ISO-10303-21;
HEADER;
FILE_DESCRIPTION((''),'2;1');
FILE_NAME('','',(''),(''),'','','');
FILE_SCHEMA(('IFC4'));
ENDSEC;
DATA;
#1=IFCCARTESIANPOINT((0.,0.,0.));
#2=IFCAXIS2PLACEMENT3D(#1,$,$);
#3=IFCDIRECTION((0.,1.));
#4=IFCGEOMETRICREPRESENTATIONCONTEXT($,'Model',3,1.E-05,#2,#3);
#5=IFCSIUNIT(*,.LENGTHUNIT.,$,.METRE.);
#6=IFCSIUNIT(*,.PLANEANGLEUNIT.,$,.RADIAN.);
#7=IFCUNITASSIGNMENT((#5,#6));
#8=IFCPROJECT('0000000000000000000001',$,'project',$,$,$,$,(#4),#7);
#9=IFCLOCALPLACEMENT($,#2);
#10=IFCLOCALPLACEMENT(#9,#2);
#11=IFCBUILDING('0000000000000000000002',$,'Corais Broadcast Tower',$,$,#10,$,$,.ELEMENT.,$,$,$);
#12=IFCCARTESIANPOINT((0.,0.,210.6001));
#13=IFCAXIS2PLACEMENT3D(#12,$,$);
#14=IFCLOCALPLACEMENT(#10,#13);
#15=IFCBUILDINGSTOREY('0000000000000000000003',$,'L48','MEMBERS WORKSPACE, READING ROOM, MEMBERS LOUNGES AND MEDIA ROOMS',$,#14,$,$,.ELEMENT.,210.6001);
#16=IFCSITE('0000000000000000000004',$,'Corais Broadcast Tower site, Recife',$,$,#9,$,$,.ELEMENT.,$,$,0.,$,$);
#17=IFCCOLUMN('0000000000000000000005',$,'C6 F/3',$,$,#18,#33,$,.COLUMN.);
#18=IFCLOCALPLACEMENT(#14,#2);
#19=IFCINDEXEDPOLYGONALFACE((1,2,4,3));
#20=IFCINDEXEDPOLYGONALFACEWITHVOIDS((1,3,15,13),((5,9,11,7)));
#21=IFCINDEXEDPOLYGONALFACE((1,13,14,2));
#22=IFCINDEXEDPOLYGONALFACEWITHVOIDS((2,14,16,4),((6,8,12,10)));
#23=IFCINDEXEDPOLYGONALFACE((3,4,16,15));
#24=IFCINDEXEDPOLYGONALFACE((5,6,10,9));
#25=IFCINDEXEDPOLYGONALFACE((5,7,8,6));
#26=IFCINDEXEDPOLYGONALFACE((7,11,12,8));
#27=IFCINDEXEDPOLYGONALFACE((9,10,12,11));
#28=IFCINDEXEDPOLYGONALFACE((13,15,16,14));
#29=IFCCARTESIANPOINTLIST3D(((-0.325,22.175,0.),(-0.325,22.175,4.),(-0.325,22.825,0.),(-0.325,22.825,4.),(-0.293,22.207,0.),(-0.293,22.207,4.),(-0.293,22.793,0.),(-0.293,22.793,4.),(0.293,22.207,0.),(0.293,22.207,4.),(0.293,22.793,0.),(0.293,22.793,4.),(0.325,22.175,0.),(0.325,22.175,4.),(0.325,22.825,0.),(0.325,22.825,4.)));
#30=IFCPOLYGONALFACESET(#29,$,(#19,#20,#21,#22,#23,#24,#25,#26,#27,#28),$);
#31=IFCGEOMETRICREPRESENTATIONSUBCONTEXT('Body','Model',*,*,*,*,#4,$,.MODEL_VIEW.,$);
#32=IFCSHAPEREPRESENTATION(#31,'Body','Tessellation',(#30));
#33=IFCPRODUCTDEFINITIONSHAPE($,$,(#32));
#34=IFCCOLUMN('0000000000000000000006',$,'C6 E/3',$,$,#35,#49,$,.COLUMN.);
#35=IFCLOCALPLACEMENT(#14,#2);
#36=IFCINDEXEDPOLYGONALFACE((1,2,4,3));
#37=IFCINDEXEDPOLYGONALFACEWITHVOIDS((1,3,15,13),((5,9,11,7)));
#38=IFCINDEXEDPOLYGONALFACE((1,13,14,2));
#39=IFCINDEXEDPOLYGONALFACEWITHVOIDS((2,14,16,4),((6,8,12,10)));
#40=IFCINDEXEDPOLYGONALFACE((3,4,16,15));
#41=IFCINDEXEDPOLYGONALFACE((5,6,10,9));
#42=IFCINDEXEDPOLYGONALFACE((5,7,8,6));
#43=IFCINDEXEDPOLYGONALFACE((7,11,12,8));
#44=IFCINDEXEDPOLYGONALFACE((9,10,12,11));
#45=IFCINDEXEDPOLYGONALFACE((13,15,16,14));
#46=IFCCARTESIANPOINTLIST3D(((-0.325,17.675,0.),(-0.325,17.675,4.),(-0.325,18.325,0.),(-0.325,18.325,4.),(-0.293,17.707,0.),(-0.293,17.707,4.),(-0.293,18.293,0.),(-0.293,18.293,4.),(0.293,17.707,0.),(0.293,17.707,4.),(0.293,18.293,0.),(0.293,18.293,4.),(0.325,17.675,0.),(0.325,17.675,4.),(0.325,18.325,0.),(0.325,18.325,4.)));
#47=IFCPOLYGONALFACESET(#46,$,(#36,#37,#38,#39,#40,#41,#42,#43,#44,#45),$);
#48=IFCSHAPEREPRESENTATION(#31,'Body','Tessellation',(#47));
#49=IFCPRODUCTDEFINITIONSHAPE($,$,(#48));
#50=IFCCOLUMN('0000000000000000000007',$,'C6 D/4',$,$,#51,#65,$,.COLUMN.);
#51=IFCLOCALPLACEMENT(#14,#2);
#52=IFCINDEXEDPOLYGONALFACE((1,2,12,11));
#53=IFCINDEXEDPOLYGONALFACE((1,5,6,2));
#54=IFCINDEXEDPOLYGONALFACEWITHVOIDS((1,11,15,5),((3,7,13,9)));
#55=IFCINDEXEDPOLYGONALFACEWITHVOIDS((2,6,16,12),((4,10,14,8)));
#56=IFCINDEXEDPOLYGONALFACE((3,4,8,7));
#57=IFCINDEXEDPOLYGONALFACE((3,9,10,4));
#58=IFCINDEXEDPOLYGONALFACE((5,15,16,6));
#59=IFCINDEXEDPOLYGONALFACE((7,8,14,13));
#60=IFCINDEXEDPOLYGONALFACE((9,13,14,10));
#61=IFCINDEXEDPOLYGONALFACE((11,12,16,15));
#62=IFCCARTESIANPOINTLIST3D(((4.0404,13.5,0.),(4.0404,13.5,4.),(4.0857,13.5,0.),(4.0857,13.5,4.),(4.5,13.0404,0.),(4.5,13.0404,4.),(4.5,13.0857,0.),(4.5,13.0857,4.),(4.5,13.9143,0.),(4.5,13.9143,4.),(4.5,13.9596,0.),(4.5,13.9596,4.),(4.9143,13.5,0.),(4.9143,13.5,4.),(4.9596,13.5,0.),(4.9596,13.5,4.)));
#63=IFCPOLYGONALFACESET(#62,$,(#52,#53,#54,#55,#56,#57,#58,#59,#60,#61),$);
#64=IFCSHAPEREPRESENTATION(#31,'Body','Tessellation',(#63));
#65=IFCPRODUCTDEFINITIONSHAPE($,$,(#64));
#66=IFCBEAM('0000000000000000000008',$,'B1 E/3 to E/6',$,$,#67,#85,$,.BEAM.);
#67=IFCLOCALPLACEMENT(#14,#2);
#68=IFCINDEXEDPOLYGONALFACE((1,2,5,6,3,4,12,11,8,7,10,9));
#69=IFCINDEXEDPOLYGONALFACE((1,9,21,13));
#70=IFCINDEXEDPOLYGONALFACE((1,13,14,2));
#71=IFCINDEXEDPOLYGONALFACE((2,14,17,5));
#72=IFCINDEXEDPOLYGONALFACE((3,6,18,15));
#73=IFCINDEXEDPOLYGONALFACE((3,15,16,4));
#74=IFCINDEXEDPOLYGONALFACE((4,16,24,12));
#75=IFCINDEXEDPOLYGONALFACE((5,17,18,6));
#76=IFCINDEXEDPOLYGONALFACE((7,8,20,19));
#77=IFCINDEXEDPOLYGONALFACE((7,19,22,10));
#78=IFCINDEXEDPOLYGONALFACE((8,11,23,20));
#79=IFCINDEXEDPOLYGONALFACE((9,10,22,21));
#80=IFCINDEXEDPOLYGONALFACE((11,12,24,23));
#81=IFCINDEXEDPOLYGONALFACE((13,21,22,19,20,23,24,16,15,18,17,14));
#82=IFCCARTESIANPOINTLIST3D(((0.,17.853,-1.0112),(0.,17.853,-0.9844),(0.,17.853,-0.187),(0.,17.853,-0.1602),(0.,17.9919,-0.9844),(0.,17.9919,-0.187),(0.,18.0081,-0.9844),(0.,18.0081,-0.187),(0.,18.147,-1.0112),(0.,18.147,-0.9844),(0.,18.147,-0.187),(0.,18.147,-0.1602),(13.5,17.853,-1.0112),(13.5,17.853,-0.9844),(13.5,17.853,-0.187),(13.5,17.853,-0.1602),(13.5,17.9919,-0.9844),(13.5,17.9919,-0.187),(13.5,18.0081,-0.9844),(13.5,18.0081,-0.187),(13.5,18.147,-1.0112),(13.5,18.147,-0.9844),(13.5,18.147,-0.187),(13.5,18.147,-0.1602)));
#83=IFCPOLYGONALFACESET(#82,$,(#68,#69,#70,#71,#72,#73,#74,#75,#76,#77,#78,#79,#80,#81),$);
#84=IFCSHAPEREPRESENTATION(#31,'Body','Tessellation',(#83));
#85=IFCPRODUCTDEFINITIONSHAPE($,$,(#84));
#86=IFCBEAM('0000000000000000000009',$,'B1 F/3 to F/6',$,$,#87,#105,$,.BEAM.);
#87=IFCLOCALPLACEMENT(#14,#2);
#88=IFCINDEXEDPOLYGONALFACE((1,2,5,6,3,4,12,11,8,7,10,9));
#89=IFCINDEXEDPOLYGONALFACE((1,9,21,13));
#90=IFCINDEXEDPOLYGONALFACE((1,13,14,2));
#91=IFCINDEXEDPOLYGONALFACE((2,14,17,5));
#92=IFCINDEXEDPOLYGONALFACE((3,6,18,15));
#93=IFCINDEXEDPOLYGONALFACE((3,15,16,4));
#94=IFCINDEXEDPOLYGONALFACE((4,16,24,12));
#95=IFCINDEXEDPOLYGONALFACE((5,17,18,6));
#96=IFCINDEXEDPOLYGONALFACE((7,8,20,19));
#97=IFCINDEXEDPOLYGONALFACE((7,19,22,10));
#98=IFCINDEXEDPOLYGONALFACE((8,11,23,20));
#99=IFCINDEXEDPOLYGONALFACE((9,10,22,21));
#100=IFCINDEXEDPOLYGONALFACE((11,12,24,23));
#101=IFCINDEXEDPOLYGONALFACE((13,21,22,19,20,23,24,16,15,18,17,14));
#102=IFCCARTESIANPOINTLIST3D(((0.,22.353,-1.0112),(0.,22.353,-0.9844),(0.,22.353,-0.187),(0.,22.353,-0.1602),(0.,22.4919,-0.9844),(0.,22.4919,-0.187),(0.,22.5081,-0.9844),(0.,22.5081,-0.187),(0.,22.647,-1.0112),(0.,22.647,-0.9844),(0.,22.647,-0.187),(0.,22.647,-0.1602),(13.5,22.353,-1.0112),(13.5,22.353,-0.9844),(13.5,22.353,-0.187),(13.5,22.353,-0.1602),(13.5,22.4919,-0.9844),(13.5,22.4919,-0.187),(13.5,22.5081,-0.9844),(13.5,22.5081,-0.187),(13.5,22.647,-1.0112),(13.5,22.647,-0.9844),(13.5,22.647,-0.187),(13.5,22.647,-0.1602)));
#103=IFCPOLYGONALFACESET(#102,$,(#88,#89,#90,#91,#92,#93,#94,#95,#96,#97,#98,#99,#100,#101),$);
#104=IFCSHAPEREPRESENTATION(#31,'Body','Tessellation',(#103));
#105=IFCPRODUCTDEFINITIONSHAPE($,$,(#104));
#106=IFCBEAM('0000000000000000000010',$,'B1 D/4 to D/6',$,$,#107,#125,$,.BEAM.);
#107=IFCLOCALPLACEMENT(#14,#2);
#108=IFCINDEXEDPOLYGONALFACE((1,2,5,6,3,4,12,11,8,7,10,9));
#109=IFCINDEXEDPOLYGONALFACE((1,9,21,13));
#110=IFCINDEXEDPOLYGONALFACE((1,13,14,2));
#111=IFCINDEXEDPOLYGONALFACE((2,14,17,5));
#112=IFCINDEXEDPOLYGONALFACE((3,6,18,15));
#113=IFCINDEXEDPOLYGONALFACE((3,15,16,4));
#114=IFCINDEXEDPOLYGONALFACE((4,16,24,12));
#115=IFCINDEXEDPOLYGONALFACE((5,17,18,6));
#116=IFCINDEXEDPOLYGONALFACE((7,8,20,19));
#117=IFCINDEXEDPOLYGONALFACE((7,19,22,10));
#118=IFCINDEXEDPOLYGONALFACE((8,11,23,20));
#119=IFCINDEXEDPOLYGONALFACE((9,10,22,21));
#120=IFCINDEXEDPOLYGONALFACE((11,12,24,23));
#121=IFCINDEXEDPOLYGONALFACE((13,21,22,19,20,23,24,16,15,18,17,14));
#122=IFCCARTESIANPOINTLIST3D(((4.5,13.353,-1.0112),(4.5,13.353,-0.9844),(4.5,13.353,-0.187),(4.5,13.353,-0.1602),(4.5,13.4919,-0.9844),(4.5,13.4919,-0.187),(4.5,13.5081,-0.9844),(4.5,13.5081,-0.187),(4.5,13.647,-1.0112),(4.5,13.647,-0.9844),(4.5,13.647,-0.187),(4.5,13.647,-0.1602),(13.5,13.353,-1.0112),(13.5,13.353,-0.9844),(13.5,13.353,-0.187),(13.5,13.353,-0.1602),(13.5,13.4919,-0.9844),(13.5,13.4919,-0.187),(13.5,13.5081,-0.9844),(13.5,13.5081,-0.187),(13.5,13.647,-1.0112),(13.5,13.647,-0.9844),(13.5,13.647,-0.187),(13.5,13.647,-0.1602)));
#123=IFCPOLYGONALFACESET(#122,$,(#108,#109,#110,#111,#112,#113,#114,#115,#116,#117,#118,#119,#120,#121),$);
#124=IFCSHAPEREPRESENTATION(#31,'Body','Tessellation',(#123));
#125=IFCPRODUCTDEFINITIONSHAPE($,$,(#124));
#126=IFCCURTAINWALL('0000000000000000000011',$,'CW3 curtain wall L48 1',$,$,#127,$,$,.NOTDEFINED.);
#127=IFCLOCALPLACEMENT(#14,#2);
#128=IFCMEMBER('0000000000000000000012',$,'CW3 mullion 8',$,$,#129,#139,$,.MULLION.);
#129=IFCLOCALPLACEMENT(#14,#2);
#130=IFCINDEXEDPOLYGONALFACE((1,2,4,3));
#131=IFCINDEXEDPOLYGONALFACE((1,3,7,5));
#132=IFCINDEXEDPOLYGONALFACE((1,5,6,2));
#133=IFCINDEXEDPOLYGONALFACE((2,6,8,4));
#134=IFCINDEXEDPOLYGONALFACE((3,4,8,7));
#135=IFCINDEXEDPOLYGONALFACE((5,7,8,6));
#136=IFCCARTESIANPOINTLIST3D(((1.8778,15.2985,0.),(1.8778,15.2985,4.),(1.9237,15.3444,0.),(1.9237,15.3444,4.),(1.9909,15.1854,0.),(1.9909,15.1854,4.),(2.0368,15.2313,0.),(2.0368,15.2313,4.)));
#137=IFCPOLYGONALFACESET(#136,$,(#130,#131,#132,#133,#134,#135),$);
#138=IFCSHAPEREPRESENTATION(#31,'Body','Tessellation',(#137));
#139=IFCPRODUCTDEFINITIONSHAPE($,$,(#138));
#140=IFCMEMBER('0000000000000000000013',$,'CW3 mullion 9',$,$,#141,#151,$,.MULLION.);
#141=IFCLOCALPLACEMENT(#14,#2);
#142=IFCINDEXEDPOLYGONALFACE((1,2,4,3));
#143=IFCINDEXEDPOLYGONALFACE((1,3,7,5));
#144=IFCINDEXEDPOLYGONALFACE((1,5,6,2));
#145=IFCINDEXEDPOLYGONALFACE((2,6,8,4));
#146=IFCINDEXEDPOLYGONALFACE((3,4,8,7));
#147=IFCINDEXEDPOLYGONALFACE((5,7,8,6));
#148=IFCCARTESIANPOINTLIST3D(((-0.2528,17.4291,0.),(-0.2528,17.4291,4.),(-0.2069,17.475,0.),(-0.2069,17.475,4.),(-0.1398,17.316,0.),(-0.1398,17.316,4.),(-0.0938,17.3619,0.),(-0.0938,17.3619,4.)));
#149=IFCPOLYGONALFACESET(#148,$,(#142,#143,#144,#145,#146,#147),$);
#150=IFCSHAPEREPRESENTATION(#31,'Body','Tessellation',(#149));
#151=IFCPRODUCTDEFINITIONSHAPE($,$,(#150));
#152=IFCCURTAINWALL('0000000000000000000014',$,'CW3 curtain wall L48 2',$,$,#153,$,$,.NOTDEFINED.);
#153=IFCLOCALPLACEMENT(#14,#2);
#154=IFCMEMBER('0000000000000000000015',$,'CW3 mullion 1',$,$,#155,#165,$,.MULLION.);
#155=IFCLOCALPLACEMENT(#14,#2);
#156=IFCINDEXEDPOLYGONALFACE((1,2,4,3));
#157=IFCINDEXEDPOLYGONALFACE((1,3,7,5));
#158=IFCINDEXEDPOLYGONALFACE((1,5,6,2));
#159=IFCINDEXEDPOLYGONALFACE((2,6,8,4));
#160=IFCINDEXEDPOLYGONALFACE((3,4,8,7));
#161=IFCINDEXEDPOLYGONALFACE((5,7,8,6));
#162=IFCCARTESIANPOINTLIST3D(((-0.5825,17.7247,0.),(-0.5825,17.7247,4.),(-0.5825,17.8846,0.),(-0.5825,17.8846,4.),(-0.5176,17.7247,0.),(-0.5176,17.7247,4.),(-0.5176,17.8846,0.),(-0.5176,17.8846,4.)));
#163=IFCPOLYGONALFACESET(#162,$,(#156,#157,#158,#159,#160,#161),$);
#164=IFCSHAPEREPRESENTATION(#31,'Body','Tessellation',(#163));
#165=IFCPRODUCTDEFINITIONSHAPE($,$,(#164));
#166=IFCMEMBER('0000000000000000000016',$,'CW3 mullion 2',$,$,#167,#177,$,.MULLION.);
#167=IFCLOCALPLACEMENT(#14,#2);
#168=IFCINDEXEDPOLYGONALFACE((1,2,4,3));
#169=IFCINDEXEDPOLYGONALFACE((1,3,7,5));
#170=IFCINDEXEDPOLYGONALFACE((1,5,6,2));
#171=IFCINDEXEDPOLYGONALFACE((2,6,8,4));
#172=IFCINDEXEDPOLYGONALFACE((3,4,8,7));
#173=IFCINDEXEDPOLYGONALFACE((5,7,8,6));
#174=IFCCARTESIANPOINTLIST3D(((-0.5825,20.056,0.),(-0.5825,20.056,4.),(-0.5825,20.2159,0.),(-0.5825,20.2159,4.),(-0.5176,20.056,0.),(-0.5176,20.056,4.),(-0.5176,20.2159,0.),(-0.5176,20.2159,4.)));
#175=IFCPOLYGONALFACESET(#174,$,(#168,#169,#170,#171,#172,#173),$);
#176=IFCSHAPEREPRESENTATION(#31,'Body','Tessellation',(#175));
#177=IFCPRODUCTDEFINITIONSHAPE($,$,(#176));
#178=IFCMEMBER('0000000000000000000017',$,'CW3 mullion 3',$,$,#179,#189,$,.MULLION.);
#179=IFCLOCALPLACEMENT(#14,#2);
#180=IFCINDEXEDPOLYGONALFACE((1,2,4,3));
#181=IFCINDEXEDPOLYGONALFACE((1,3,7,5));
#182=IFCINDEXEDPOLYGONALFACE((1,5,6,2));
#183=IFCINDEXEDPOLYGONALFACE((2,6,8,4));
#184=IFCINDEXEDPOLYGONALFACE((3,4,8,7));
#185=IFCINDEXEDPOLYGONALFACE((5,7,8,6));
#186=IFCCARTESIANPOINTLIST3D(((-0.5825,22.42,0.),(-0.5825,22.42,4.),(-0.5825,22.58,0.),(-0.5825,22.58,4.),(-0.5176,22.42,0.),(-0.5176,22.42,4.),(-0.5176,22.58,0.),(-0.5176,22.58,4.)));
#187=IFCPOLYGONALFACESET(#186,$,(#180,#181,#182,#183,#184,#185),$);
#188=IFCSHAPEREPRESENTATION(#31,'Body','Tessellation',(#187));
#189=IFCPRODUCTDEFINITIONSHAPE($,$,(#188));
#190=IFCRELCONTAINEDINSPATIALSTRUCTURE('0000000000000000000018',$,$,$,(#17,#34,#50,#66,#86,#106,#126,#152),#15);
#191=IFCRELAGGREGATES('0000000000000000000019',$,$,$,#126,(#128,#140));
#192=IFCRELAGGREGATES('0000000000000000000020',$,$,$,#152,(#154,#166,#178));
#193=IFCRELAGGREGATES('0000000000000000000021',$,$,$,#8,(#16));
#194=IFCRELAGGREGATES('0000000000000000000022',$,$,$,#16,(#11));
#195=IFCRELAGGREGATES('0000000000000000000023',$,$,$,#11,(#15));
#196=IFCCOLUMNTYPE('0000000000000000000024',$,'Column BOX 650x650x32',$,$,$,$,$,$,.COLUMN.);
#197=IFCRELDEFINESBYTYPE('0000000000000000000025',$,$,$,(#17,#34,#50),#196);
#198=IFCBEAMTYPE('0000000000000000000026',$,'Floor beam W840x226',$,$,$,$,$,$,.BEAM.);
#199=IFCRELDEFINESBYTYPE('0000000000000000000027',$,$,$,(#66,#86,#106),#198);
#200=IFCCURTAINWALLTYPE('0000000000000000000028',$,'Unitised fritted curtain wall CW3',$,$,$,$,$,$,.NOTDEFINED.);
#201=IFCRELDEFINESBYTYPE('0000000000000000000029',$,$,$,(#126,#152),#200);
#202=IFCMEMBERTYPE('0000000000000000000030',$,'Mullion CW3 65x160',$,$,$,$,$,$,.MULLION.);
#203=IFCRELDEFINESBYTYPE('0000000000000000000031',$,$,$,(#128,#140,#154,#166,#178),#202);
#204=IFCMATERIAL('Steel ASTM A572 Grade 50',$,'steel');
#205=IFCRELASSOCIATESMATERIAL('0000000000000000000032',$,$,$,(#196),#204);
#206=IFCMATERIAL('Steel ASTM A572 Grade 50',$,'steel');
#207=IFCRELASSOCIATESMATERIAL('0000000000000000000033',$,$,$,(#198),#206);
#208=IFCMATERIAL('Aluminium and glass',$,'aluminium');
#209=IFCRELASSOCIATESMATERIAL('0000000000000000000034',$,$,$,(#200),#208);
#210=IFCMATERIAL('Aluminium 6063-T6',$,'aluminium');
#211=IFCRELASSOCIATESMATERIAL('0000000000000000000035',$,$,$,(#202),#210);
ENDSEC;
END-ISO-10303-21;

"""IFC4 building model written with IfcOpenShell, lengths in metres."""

from ifc_helpers import new_model, si_unit, direction, frame, origin, origin_2d, place, context, subcontext, project, spatial, rectangle, hollow_rectangle, i_section, extrude, material, material_profile, profile_set, type_object, element, aggregate, save


model = new_model("IFC4")

# Units and contexts
model_context = context("Model", 3, precision=1e-05, world=origin(), true_north=direction((0.0, 1.0)))
body_context = subcontext(model_context, "Body", "Model", "MODEL_VIEW")
ifc_project = project(units=[si_unit("LENGTHUNIT", "METRE"), si_unit("PLANEANGLEUNIT", "RADIAN")], contexts=[model_context])

# Site, building, storey
site_placement = place(None, origin())
site = spatial("IfcSite", under=ifc_project, at=site_placement, Name="Corais Broadcast Tower site, Recife", CompositionType="ELEMENT", RefElevation=0.0)
building_placement = place(site_placement, origin())
building = spatial("IfcBuilding", under=site, at=building_placement, Name="Corais Broadcast Tower", CompositionType="ELEMENT")
storey_placement = place(building_placement, frame((0.0, 0.0, 210.6001)))
storey = spatial("IfcBuildingStorey", under=building, at=storey_placement, Name="L48", Description="MEMBERS WORKSPACE, READING ROOM, MEMBERS LOUNGES AND MEDIA ROOMS", CompositionType="ELEMENT", Elevation=210.6001)

# Columns
ifc_material_1 = material(Name="Steel ASTM A572 Grade 50", Category="steel")
ifc_material_profile_1 = material_profile(ifc_material_1, hollow_rectangle(XDim=0.6499, YDim=0.6499, WallThickness=0.032, at=origin_2d()), Name="BOX 650x650x32")
ifc_profile_set_1 = profile_set([ifc_material_profile_1], Name="Steel ASTM A572 Grade 50")
column_type = type_object("IfcColumnType", Name="Column BOX 650x650x32", PredefinedType="COLUMN", material=ifc_profile_set_1)
for number, where, z_axis, x_axis, name in (
    (1, (0.0, 22.5, 0.0), (0.0, 0.0, 1.0), (1.0, 0.0, 0.0), "C6 F/3"),
    (2, (0.0, 18.0, 0.0), (0.0, 0.0, 1.0), (1.0, 0.0, 0.0), "C6 E/3"),
    (3, (4.5, 13.5, 0.0), (0.0, 0.0, 1.0), (0.707107, 0.707107, 0.0), "C6 D/4"),
):
    element("IfcColumn", number, at=place(storey_placement, frame(where, z_axis=z_axis, x_axis=x_axis)), inside=storey, type_object=column_type, Name=name, PredefinedType="COLUMN", context=body_context, shape_type="SweptSolid", body=[
        extrude(hollow_rectangle(XDim=0.6499, YDim=0.6499, WallThickness=0.032, at=origin_2d()), origin(), (0.0, 0.0, 1.0), 4.0),
    ])

# Beams
ifc_material_2 = material(Name="Steel ASTM A572 Grade 50", Category="steel")
ifc_material_profile_2 = material_profile(ifc_material_2, i_section(OverallWidth=0.2939, OverallDepth=0.8511, WebThickness=0.0161, FlangeThickness=0.0269, at=origin_2d()), Name="W840x226")
ifc_profile_set_2 = profile_set([ifc_material_profile_2], Name="Steel ASTM A572 Grade 50")
beam_type_1 = type_object("IfcBeamType", Name="Floor beam W840x226", PredefinedType="BEAM", material=ifc_profile_set_2)
for number, where, z_axis, x_axis, name in (
    (4, (0.0, 18.0, -0.5857), (1.0, 0.0, 0.0), (0.0, 1.0, 0.0), "B1 E/3 to E/6"),
    (5, (0.0, 22.5, -0.5857), (1.0, 0.0, 0.0), (0.0, 1.0, 0.0), "B1 F/3 to F/6"),
):
    element("IfcBeam", number, at=place(storey_placement, frame(where, z_axis=z_axis, x_axis=x_axis)), inside=storey, type_object=beam_type_1, Name=name, PredefinedType="BEAM", context=body_context, shape_type="SweptSolid", body=[
        extrude(i_section(OverallWidth=0.2939, OverallDepth=0.8511, WebThickness=0.0161, FlangeThickness=0.0269, at=origin_2d()), origin(), (0.0, 0.0, 1.0), 13.5),
    ])
beam_1_placement = place(storey_placement, frame((4.5, 13.5, -0.5857), z_axis=(1.0, 0.0, 0.0), x_axis=(0.0, 1.0, 0.0)))
element("IfcBeam", 6, at=beam_1_placement, inside=storey, type_object=beam_type_1, Name="B1 D/4 to D/6", PredefinedType="BEAM", context=body_context, shape_type="SweptSolid", body=[
    extrude(i_section(OverallWidth=0.2939, OverallDepth=0.8511, WebThickness=0.0161, FlangeThickness=0.0269, at=origin_2d()), origin(), (0.0, 0.0, 1.0), 9.0),
])

# Curtain walls, members
ifc_material_3 = material(Name="Aluminium and glass", Category="aluminium")
curtain_wall_type = type_object("IfcCurtainWallType", Name="Unitised fritted curtain wall CW3", PredefinedType="NOTDEFINED", material=ifc_material_3)
curtain_wall_1_placement = place(storey_placement, origin())
curtain_wall_1 = element("IfcCurtainWall", 7, at=curtain_wall_1_placement, inside=storey, type_object=curtain_wall_type, Name="CW3 curtain wall L48 1", PredefinedType="NOTDEFINED")
ifc_material_4 = material(Name="Aluminium 6063-T6", Category="aluminium")
ifc_material_profile_3 = material_profile(ifc_material_4, rectangle(XDim=0.0649, YDim=0.1599, at=origin_2d()), Name="Mullion CW3 65x160")
ifc_profile_set_3 = profile_set([ifc_material_profile_3], Name="Aluminium 6063-T6")
member_type_1 = type_object("IfcMemberType", Name="Mullion CW3 65x160", PredefinedType="MULLION", material=ifc_profile_set_3)
member_1_placement = place(storey_placement, frame((1.9573, 15.2649, 0.0), z_axis=(0.0, 0.0, 1.0), x_axis=(-0.707107, -0.707107, 0.0)))
member_1 = element("IfcMember", 8, at=member_1_placement, type_object=member_type_1, Name="CW3 mullion 8", PredefinedType="MULLION", context=body_context, shape_type="SweptSolid", body=[
    extrude(rectangle(XDim=0.0649, YDim=0.1599, at=origin_2d()), origin(), (0.0, 0.0, 1.0), 4.0),
])
member_2_placement = place(storey_placement, frame((-0.1733, 17.3955, 0.0), z_axis=(0.0, 0.0, 1.0), x_axis=(-0.707107, -0.707107, 0.0)))
member_2 = element("IfcMember", 9, at=member_2_placement, type_object=member_type_1, Name="CW3 mullion 9", PredefinedType="MULLION", context=body_context, shape_type="SweptSolid", body=[
    extrude(rectangle(XDim=0.0649, YDim=0.1599, at=origin_2d()), origin(), (0.0, 0.0, 1.0), 4.0),
])
curtain_wall_2_placement = place(storey_placement, origin())
curtain_wall_2 = element("IfcCurtainWall", 10, at=curtain_wall_2_placement, inside=storey, type_object=curtain_wall_type, Name="CW3 curtain wall L48 2", PredefinedType="NOTDEFINED")
member_3_placement = place(storey_placement, frame((-0.55, 17.8047, 0.0), z_axis=(0.0, 0.0, 1.0), x_axis=(-1.0, 0.0, 0.0)))
member_3 = element("IfcMember", 11, at=member_3_placement, type_object=member_type_1, Name="CW3 mullion 1", PredefinedType="MULLION", context=body_context, shape_type="SweptSolid", body=[
    extrude(rectangle(XDim=0.0649, YDim=0.1599, at=origin_2d()), origin(), (0.0, 0.0, 1.0), 4.0),
])
member_4_placement = place(storey_placement, frame((-0.55, 20.136, 0.0), z_axis=(0.0, 0.0, 1.0), x_axis=(-1.0, 0.0, 0.0)))
member_4 = element("IfcMember", 12, at=member_4_placement, type_object=member_type_1, Name="CW3 mullion 2", PredefinedType="MULLION", context=body_context, shape_type="SweptSolid", body=[
    extrude(rectangle(XDim=0.0649, YDim=0.1599, at=origin_2d()), origin(), (0.0, 0.0, 1.0), 4.0),
])
member_5_placement = place(storey_placement, frame((-0.55, 22.5, 0.0), z_axis=(0.0, 0.0, 1.0), x_axis=(-1.0, 0.0, 0.0)))
member_5 = element("IfcMember", 13, at=member_5_placement, type_object=member_type_1, Name="CW3 mullion 3", PredefinedType="MULLION", context=body_context, shape_type="SweptSolid", body=[
    extrude(rectangle(XDim=0.0649, YDim=0.1599, at=origin_2d()), origin(), (0.0, 0.0, 1.0), 4.0),
])

aggregate(curtain_wall_1, [member_1, member_2])
aggregate(curtain_wall_2, [member_3, member_4, member_5])

save(model, "model.ifc")
